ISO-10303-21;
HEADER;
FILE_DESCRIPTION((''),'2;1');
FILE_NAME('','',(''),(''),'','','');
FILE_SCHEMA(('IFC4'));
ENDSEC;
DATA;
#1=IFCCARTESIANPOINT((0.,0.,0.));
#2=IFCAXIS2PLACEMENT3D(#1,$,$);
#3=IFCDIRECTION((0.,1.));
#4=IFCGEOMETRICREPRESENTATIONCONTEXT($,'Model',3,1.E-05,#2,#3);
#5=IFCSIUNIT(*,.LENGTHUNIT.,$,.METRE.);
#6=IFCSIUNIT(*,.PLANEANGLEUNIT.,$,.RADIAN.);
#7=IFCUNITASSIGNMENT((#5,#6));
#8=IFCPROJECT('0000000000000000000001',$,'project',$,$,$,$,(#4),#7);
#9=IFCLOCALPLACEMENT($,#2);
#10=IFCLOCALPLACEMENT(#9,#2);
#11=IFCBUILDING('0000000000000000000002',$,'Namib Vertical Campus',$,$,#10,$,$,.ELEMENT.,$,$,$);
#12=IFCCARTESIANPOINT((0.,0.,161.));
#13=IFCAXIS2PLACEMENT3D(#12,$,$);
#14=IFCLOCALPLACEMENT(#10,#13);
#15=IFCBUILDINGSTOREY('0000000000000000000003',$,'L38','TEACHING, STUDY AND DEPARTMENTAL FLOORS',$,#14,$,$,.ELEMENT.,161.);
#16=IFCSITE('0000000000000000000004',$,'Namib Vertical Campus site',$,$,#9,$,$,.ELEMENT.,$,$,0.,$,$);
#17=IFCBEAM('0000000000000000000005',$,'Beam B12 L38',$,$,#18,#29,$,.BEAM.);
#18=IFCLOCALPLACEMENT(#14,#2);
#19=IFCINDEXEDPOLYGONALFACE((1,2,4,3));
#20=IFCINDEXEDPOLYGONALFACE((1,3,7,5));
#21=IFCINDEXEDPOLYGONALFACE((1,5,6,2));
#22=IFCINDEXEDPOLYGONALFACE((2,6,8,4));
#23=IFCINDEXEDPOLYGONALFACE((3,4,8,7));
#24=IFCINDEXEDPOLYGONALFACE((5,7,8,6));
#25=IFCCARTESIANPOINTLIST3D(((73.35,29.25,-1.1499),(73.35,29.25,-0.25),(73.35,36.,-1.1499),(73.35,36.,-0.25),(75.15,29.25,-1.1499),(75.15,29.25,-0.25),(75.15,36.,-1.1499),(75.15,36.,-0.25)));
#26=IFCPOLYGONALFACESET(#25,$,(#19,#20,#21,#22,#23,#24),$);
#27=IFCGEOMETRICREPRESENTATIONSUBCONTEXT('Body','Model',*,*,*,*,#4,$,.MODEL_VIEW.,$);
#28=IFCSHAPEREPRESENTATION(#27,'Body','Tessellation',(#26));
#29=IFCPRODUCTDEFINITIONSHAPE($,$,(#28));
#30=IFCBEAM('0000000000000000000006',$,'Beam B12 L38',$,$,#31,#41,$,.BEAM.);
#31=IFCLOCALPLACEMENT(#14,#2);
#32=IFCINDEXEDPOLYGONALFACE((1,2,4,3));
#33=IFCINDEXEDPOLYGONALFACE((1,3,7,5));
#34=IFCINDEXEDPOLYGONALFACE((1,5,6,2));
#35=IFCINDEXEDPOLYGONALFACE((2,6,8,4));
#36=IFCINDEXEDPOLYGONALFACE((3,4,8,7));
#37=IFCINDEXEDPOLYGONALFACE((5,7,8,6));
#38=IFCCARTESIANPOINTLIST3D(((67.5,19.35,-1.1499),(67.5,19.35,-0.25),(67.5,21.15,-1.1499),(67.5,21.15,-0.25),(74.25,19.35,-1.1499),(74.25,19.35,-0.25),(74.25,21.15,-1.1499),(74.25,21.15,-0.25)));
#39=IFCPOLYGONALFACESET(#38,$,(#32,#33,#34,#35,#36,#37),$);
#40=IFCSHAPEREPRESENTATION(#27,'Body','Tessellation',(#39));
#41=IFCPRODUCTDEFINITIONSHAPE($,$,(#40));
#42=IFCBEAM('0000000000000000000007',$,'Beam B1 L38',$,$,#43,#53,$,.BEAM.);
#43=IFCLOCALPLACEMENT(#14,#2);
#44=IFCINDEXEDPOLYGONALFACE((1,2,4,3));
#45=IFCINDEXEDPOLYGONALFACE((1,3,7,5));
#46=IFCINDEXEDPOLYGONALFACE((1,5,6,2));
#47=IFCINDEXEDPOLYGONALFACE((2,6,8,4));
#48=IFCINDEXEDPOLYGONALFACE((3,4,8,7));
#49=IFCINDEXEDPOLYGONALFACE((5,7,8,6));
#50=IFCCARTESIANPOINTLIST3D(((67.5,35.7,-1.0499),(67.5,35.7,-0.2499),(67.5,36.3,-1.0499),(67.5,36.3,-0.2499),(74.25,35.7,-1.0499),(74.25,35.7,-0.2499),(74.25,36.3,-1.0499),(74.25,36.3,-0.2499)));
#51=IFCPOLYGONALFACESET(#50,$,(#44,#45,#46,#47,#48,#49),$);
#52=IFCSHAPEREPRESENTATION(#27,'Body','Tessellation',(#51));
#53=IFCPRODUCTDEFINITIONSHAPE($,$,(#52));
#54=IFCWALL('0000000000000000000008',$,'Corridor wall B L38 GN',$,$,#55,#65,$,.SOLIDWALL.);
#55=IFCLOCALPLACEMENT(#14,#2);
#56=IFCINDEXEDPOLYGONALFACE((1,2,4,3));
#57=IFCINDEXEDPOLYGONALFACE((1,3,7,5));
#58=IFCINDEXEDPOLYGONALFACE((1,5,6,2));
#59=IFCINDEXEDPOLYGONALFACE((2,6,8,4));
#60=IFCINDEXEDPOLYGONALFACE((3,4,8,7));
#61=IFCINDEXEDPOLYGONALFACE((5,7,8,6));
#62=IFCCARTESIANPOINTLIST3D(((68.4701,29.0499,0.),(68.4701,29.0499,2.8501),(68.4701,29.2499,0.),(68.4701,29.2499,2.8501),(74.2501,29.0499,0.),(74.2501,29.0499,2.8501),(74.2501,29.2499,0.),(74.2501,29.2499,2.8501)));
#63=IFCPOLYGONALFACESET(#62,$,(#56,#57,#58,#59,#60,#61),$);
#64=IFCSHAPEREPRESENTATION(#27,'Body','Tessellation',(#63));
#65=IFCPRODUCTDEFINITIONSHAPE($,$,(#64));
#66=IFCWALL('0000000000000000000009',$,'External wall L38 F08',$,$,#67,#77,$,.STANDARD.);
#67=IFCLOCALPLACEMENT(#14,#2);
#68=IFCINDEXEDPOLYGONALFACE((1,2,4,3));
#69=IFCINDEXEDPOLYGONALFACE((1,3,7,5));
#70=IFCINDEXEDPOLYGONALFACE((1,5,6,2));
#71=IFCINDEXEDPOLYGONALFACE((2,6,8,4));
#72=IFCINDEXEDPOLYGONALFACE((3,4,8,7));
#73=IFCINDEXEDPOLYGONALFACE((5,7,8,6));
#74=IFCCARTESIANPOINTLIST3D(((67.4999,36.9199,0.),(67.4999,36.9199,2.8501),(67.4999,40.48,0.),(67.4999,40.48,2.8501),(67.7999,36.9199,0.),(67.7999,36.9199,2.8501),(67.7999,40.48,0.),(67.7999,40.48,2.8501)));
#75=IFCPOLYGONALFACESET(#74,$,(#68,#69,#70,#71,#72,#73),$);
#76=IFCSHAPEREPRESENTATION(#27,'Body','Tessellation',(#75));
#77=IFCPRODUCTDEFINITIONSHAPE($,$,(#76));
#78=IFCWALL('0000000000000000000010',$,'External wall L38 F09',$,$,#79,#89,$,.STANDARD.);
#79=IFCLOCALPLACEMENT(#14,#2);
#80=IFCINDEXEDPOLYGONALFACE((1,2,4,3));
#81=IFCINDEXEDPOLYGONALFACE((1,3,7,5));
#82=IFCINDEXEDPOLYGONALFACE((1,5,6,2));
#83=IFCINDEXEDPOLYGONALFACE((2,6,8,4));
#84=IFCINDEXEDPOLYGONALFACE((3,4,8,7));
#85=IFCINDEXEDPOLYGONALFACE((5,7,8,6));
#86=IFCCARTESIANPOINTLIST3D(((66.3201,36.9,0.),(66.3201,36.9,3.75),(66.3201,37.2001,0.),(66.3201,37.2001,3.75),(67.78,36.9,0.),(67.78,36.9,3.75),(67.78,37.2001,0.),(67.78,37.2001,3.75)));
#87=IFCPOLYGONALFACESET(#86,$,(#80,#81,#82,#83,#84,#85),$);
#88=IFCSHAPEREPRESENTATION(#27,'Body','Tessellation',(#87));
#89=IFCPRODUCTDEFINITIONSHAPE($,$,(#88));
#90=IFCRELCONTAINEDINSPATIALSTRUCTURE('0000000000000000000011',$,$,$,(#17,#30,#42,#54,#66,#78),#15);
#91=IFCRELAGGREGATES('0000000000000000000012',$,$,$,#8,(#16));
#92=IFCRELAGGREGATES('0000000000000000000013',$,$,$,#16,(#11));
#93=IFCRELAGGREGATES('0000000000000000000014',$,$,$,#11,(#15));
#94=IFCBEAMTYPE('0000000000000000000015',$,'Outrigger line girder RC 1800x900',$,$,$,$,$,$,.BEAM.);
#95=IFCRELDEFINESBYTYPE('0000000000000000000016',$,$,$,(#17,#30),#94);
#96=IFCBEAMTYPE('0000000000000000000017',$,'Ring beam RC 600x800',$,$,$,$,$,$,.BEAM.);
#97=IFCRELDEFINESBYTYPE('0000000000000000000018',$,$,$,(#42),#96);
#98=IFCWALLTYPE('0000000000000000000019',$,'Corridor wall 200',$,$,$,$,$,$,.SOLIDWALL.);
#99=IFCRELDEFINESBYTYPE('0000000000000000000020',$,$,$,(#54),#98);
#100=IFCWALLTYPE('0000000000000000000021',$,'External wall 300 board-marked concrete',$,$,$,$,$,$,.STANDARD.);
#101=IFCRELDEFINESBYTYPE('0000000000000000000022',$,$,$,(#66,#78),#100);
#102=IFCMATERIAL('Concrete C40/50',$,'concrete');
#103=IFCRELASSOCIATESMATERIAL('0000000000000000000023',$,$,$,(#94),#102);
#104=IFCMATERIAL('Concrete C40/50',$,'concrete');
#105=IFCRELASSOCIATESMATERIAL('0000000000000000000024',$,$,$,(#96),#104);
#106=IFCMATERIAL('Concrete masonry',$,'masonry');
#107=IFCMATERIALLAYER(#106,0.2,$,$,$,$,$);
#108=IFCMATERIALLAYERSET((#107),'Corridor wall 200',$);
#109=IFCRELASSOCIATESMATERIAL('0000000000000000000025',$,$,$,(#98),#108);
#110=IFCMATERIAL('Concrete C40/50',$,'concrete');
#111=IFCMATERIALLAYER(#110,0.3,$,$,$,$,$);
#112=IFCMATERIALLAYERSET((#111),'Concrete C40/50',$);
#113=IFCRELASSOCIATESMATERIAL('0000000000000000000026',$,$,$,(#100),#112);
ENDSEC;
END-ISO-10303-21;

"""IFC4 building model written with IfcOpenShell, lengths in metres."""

from ifc_helpers import new_model, si_unit, direction, frame, frame_2d, origin, origin_2d, place, context, subcontext, project, spatial, rectangle, extrude, material, layer, layer_set, material_profile, profile_set, type_object, element, save


model = new_model("IFC4")

# Units and contexts
model_context = context("Model", 3, precision=1e-05, world=origin(), true_north=direction((0.0, 1.0)))
body_context = subcontext(model_context, "Body", "Model", "MODEL_VIEW")
ifc_project = project(units=[si_unit("LENGTHUNIT", "METRE"), si_unit("PLANEANGLEUNIT", "RADIAN")], contexts=[model_context])

# Site, building, storey
site_placement = place(None, origin())
site = spatial("IfcSite", under=ifc_project, at=site_placement, Name="Namib Vertical Campus site", CompositionType="ELEMENT", RefElevation=0.0)
building_placement = place(site_placement, origin())
building = spatial("IfcBuilding", under=site, at=building_placement, Name="Namib Vertical Campus", CompositionType="ELEMENT")
storey_placement = place(building_placement, frame((0.0, 0.0, 161.0)))
storey = spatial("IfcBuildingStorey", under=building, at=storey_placement, Name="L38", Description="TEACHING, STUDY AND DEPARTMENTAL FLOORS", CompositionType="ELEMENT", Elevation=161.0)

# Beams
ifc_material_1 = material(Name="Concrete C40/50", Category="concrete")
ifc_material_profile_1 = material_profile(ifc_material_1, rectangle(XDim=1.8, YDim=0.8999, at=origin_2d()))
ifc_profile_set_1 = profile_set([ifc_material_profile_1], Name="Concrete C40/50")
beam_type_1 = type_object("IfcBeamType", Name="Outrigger line girder RC 1800x900", PredefinedType="BEAM", material=ifc_profile_set_1)
for number, where, z_axis, x_axis, name in (
    (1, (74.25, 36.0, -0.7), (0.0, -1.0, 0.0), (1.0, 0.0, 0.0), "Beam B12 L38"),
    (2, (67.5, 20.25, -0.7), (1.0, 0.0, 0.0), (0.0, 1.0, 0.0), "Beam B12 L38"),
):
    element("IfcBeam", number, at=place(storey_placement, frame(where, z_axis=z_axis, x_axis=x_axis)), inside=storey, type_object=beam_type_1, Name=name, PredefinedType="BEAM", context=body_context, shape_type="SweptSolid", body=[
        extrude(rectangle(XDim=1.8, YDim=0.8999, at=origin_2d()), origin(), (0.0, 0.0, 1.0), 6.75),
    ])
ifc_material_2 = material(Name="Concrete C40/50", Category="concrete")
ifc_material_profile_2 = material_profile(ifc_material_2, rectangle(XDim=0.6001, YDim=0.8, at=origin_2d()))
ifc_profile_set_2 = profile_set([ifc_material_profile_2], Name="Concrete C40/50")
beam_type_2 = type_object("IfcBeamType", Name="Ring beam RC 600x800", PredefinedType="BEAM", material=ifc_profile_set_2)
beam_1_placement = place(storey_placement, frame((67.5, 36.0, -0.6499), z_axis=(1.0, 0.0, 0.0), x_axis=(0.0, 1.0, 0.0)))
element("IfcBeam", 3, at=beam_1_placement, inside=storey, type_object=beam_type_2, Name="Beam B1 L38", PredefinedType="BEAM", context=body_context, shape_type="SweptSolid", body=[
    extrude(rectangle(XDim=0.6001, YDim=0.8, at=origin_2d()), origin(), (0.0, 0.0, 1.0), 6.75),
])

# Walls
ifc_material_3 = material(Name="Concrete masonry", Category="masonry")
ifc_layer_1 = layer(ifc_material_3, 0.2)
ifc_layer_set_1 = layer_set([ifc_layer_1], Name="Corridor wall 200")
wall_type_1 = type_object("IfcWallType", Name="Corridor wall 200", PredefinedType="SOLIDWALL", material=ifc_layer_set_1)
wall_1_placement = place(storey_placement, frame((68.47, 29.1499, 0.0), z_axis=(0.0, 0.0, 1.0), x_axis=(1.0, 0.0, 0.0)))
element("IfcWall", 4, at=wall_1_placement, inside=storey, type_object=wall_type_1, Name="Corridor wall B L38 GN", PredefinedType="SOLIDWALL", context=body_context, shape_type="SweptSolid", body=[
    extrude(rectangle(XDim=5.78, YDim=0.2, at=frame_2d((2.8901, 0.0))), origin(), (0.0, 0.0, 1.0), 2.8501),
])
ifc_material_4 = material(Name="Concrete C40/50", Category="concrete")
ifc_layer_2 = layer(ifc_material_4, 0.3)
ifc_layer_set_2 = layer_set([ifc_layer_2], Name="Concrete C40/50")
wall_type_2 = type_object("IfcWallType", Name="External wall 300 board-marked concrete", PredefinedType="STANDARD", material=ifc_layer_set_2)
wall_2_placement = place(storey_placement, frame((67.6499, 40.48, 0.0), z_axis=(0.0, 0.0, 1.0), x_axis=(0.0, -1.0, 0.0)))
element("IfcWall", 5, at=wall_2_placement, inside=storey, type_object=wall_type_2, Name="External wall L38 F08", PredefinedType="STANDARD", context=body_context, shape_type="SweptSolid", body=[
    extrude(rectangle(XDim=3.5601, YDim=0.3, at=frame_2d((1.78, 0.0))), origin(), (0.0, 0.0, 1.0), 2.8501),
])
wall_3_placement = place(storey_placement, frame((67.78, 37.05, 0.0), z_axis=(0.0, 0.0, 1.0), x_axis=(-1.0, 0.0, 0.0)))
element("IfcWall", 6, at=wall_3_placement, inside=storey, type_object=wall_type_2, Name="External wall L38 F09", PredefinedType="STANDARD", context=body_context, shape_type="SweptSolid", body=[
    extrude(rectangle(XDim=1.46, YDim=0.3, at=frame_2d((0.73, 0.0))), origin(), (0.0, 0.0, 1.0), 3.75),
])

save(model, "model.ifc")
